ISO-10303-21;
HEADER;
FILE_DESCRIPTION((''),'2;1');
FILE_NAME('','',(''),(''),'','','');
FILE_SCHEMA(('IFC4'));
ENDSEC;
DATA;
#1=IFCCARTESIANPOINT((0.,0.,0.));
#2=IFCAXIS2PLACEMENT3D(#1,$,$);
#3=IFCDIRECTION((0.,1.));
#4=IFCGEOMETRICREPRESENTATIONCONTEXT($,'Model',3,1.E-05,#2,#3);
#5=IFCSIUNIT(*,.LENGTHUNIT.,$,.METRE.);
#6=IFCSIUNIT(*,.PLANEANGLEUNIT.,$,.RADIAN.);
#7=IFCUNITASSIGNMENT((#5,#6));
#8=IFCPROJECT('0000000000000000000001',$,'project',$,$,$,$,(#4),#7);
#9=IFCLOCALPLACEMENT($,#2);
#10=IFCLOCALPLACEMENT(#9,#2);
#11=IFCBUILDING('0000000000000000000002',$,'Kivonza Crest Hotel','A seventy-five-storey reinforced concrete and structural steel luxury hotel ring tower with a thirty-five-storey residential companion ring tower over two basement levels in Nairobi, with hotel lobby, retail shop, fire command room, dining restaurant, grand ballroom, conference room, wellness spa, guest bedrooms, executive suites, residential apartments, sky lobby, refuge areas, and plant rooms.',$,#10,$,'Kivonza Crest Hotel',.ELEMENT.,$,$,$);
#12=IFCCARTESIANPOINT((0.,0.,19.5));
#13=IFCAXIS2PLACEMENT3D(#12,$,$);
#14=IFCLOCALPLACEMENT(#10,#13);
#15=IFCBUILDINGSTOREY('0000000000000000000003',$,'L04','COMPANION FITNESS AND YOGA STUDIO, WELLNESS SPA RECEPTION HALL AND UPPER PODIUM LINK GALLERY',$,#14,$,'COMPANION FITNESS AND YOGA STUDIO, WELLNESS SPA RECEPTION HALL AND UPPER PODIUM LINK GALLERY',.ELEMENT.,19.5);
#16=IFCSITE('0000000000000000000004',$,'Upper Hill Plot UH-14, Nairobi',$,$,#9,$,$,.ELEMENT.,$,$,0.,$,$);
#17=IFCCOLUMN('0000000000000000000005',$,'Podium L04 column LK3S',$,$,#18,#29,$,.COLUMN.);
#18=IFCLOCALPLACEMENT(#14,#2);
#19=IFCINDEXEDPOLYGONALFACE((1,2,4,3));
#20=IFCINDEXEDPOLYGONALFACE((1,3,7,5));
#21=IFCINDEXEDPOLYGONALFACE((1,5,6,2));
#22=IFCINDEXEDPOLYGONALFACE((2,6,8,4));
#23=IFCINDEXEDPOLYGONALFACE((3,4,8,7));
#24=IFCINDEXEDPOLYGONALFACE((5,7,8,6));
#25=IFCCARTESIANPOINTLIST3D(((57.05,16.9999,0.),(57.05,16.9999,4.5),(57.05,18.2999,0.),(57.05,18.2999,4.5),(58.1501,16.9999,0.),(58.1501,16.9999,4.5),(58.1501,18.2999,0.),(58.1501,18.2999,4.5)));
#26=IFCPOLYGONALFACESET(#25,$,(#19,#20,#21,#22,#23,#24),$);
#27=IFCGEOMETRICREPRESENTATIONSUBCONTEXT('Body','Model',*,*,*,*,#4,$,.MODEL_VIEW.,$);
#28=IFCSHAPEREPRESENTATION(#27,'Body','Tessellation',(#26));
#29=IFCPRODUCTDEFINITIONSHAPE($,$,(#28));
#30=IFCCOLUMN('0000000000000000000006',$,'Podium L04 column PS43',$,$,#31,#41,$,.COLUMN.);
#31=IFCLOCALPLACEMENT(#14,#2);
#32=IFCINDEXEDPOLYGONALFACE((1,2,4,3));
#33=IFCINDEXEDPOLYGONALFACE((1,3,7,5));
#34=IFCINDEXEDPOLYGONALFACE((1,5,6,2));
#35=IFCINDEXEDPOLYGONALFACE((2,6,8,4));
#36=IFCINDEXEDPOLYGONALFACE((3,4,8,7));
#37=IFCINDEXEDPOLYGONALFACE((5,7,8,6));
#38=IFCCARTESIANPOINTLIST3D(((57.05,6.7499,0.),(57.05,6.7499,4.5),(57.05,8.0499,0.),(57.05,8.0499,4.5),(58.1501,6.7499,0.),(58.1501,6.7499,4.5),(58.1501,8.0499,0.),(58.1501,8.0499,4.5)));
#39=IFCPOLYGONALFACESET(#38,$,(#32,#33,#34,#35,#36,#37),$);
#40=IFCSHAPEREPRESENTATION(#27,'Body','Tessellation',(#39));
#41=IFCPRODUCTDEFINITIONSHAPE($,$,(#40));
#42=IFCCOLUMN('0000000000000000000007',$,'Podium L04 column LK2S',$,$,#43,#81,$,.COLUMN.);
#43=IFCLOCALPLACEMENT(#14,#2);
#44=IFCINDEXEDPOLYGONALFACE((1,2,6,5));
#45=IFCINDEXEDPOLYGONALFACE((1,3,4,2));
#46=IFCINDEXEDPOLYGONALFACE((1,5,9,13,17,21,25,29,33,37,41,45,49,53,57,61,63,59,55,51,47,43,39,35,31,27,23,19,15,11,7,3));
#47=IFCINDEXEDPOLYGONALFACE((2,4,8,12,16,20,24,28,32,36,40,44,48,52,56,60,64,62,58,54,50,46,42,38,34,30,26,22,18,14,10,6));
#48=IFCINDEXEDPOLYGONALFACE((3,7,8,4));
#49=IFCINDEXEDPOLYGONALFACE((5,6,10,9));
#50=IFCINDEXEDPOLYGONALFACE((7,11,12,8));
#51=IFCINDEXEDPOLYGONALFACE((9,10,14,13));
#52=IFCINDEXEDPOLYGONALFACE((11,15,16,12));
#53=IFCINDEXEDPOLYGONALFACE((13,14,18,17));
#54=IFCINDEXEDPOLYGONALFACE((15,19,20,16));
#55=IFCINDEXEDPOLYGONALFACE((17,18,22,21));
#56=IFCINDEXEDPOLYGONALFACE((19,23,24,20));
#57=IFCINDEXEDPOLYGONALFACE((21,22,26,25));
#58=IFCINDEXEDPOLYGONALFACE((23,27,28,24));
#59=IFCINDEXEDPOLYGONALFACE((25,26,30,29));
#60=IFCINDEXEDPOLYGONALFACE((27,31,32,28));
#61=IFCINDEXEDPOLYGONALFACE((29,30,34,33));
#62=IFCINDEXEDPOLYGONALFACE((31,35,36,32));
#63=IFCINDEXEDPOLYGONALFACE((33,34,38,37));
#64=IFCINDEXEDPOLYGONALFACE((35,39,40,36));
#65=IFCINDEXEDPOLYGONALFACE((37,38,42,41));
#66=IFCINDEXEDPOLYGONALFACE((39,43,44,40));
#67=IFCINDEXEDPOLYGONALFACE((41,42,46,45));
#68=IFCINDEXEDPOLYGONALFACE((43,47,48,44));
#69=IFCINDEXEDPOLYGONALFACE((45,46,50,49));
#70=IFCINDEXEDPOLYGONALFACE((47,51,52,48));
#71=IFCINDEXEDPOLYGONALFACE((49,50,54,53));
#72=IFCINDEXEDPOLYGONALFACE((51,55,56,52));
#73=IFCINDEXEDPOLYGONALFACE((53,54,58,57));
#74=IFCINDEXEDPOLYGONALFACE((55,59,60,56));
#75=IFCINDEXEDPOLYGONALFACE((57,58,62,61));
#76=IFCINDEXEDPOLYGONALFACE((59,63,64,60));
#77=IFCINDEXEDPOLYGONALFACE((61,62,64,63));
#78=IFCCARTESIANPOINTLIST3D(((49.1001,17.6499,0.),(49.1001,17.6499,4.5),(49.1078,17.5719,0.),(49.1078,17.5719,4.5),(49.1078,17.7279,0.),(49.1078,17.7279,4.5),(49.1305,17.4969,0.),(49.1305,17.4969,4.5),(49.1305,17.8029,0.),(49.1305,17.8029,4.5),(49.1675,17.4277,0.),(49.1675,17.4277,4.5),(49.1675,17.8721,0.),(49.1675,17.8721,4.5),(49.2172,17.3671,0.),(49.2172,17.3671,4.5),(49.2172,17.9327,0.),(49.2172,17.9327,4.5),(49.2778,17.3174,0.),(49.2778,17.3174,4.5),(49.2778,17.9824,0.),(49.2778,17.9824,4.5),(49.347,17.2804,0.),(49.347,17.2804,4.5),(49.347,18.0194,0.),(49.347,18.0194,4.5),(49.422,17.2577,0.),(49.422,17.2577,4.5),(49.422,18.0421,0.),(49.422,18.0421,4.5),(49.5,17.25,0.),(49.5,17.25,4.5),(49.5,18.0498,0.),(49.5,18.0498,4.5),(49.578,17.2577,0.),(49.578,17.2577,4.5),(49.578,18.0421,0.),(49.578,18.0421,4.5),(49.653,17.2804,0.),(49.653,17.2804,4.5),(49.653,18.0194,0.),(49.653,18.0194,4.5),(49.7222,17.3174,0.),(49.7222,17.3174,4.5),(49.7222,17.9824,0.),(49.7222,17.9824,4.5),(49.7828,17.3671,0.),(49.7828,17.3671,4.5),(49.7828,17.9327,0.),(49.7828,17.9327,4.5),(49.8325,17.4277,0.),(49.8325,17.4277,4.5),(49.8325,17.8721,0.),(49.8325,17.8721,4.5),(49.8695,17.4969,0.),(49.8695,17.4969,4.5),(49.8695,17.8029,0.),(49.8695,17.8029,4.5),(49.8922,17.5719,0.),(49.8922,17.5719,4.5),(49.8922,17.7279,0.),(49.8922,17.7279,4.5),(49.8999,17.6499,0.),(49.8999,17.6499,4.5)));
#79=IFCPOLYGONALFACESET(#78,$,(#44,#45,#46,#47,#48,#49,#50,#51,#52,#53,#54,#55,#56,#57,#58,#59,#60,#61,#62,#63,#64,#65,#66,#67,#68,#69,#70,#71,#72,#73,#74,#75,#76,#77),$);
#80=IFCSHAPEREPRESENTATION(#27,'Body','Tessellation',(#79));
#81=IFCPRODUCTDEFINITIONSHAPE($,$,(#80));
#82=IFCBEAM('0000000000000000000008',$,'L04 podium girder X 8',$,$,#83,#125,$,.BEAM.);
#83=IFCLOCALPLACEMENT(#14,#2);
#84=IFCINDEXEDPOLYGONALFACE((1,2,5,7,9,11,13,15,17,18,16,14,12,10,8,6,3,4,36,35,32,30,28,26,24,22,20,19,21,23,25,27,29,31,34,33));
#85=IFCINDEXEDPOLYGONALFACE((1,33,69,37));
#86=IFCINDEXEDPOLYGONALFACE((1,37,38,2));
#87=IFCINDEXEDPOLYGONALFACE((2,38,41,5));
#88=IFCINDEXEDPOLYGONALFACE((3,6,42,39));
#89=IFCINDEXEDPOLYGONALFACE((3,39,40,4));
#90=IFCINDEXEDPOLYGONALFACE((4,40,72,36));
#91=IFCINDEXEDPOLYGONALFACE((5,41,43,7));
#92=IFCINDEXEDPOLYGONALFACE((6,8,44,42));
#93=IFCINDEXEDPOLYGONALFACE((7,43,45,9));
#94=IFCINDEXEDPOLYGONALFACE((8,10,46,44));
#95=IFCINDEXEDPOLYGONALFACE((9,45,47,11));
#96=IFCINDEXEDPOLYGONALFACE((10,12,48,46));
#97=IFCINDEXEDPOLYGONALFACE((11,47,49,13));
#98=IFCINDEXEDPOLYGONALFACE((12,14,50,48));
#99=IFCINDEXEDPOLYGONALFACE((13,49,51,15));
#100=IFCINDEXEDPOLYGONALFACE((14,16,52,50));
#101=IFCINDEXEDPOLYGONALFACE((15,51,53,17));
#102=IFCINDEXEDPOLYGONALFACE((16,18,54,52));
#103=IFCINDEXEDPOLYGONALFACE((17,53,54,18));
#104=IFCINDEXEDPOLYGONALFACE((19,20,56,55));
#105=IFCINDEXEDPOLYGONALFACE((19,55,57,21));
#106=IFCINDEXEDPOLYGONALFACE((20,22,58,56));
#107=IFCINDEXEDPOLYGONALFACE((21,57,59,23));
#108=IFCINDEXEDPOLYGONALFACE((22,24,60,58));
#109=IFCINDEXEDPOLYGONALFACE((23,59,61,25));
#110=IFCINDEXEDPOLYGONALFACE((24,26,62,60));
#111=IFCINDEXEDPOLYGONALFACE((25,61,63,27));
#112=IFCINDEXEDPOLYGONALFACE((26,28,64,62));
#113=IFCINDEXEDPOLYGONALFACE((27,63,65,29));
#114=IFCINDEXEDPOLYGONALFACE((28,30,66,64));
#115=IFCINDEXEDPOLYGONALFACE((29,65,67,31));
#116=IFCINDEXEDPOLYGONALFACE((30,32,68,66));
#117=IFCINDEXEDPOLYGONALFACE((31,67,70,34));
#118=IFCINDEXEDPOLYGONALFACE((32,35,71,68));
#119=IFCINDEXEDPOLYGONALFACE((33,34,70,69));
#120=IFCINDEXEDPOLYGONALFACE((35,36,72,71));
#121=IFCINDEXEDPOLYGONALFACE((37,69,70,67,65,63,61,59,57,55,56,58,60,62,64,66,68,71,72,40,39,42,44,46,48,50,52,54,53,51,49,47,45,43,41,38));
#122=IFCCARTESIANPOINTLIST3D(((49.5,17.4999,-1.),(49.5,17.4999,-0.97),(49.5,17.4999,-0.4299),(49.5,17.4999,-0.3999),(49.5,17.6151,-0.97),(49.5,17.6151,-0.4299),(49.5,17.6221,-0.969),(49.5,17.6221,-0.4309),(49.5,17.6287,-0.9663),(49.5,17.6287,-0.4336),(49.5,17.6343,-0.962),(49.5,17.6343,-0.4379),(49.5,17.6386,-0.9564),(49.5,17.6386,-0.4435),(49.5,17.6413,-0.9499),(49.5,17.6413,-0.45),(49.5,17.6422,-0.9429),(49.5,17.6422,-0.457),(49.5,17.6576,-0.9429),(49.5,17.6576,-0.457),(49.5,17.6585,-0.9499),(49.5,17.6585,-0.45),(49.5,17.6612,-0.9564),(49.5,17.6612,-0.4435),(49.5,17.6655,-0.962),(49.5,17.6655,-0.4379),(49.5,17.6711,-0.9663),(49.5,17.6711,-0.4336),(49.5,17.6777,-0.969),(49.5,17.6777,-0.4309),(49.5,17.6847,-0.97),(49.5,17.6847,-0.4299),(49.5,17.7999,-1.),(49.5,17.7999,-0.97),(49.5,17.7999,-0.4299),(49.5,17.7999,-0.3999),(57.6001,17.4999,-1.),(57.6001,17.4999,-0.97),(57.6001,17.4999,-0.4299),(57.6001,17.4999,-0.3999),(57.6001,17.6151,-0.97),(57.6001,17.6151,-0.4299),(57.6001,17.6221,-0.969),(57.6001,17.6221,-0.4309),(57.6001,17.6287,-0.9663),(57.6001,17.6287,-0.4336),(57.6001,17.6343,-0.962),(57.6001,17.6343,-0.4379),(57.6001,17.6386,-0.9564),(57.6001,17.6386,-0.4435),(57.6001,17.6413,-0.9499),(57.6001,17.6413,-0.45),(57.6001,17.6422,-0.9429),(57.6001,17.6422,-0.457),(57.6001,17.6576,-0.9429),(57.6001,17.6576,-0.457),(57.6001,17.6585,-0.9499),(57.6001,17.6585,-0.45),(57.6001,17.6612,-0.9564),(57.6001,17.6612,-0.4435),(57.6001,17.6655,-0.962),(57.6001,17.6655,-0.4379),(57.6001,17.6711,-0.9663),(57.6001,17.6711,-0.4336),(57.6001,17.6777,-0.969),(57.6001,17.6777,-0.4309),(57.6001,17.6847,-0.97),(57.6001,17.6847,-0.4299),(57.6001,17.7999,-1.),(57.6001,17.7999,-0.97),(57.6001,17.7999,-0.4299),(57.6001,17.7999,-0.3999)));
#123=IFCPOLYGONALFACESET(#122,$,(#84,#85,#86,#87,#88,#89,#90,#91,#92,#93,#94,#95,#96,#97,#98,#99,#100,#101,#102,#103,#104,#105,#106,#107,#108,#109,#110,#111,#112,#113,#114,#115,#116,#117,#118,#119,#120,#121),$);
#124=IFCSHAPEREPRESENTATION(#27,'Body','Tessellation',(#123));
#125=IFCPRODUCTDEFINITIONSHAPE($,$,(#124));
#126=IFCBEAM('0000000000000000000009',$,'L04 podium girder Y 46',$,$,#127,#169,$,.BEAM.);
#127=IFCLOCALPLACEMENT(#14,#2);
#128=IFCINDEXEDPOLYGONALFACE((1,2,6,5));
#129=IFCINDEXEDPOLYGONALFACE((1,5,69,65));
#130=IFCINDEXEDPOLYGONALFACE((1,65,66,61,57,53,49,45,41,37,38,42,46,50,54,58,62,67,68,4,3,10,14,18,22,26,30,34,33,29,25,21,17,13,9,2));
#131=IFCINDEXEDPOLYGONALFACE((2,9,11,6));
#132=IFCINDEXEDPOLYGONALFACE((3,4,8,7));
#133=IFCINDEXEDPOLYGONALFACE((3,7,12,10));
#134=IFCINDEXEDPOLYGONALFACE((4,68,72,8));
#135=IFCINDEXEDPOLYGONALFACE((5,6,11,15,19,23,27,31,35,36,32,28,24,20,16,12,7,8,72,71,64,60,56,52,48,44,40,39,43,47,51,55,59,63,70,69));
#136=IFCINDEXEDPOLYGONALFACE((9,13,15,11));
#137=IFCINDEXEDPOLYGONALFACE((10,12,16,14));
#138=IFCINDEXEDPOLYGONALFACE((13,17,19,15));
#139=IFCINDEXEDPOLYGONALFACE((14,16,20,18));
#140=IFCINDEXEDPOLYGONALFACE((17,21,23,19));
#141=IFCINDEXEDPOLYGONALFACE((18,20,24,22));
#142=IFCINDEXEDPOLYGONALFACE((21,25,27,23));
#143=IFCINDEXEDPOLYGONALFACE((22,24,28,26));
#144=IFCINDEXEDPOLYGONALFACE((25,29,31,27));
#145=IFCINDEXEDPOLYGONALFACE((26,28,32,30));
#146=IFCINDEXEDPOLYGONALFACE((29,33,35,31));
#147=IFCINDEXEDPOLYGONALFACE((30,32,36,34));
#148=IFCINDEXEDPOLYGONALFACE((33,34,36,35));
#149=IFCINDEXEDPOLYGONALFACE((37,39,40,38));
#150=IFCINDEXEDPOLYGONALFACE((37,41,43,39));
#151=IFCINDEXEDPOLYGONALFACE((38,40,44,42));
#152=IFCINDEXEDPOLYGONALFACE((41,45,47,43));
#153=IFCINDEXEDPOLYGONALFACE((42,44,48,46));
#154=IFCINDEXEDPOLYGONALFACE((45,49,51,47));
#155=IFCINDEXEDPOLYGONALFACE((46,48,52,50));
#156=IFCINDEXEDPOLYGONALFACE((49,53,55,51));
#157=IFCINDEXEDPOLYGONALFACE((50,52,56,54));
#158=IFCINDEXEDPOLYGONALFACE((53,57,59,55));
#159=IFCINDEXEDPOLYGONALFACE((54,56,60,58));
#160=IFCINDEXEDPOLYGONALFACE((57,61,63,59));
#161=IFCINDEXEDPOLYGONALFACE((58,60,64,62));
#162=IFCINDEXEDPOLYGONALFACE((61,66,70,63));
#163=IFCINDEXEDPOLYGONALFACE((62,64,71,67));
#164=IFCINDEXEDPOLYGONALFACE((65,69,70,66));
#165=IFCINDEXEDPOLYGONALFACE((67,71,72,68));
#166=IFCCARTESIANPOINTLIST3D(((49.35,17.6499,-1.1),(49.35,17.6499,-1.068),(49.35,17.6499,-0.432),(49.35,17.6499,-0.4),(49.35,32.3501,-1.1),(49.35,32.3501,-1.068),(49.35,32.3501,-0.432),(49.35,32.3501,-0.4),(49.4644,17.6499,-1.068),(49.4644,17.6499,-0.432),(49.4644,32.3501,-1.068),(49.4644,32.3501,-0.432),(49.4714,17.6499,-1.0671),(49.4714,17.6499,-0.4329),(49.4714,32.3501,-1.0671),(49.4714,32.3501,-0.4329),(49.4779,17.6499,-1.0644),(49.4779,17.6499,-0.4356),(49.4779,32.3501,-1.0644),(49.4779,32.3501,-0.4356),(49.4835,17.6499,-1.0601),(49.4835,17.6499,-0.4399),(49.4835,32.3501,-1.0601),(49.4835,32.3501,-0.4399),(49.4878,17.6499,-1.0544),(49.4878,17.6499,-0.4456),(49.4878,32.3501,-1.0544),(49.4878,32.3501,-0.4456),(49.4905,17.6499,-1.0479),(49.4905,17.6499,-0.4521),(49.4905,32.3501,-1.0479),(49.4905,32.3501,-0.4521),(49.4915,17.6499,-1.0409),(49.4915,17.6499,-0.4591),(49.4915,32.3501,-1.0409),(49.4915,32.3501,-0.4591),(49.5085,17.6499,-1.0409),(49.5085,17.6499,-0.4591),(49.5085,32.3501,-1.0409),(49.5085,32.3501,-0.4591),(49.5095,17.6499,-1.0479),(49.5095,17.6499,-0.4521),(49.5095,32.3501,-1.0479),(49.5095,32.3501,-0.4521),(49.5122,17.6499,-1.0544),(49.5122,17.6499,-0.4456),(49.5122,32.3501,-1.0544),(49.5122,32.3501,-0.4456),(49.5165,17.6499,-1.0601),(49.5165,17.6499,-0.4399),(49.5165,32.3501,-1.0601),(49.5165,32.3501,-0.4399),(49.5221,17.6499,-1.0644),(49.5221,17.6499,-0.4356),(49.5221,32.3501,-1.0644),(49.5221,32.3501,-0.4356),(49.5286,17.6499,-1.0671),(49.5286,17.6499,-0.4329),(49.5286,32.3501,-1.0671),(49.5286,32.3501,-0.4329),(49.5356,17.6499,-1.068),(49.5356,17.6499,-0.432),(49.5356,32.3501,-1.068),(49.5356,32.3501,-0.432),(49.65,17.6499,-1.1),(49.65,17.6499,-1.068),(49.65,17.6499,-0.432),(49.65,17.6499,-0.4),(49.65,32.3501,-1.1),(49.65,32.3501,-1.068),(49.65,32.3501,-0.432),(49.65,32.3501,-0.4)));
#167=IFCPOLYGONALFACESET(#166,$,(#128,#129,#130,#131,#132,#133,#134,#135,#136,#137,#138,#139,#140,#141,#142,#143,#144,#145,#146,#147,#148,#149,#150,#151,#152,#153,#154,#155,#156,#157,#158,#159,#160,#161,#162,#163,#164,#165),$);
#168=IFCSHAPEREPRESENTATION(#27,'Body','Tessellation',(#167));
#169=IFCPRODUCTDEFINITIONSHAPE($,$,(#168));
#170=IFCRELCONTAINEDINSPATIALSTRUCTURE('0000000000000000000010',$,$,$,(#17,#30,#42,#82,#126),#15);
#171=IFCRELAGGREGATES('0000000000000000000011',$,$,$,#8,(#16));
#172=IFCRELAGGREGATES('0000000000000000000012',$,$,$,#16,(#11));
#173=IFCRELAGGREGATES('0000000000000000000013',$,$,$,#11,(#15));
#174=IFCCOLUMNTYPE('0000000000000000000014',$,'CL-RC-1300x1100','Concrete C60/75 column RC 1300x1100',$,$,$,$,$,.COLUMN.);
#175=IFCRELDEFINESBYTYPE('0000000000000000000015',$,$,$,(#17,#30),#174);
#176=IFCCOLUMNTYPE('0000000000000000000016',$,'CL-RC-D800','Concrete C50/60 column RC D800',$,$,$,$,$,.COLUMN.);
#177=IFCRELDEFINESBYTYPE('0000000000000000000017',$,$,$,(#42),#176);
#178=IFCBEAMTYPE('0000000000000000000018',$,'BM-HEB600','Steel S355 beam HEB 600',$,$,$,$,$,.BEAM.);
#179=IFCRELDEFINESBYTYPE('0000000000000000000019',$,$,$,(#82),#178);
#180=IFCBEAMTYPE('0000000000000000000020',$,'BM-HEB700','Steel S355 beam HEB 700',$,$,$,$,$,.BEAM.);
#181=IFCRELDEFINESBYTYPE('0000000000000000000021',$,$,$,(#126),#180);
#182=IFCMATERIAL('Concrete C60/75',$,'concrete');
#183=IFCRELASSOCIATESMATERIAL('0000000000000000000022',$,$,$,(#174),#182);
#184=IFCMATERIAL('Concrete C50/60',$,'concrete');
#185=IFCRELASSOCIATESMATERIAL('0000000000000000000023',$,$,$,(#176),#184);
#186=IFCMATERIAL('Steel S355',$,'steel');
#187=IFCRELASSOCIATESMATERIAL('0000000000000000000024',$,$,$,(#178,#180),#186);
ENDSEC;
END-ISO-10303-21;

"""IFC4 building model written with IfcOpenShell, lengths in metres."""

from ifc_helpers import new_model, si_unit, direction, frame, origin, origin_2d, place, context, subcontext, project, spatial, rectangle, circle, i_section, extrude, material, material_profile, profile_set, type_object, element, save


model = new_model("IFC4")

# Units and contexts
model_context = context("Model", 3, precision=1e-05, world=origin(), true_north=direction((0.0, 1.0)))
body_context = subcontext(model_context, "Body", "Model", "MODEL_VIEW")
ifc_project = project(units=[si_unit("LENGTHUNIT", "METRE"), si_unit("PLANEANGLEUNIT", "RADIAN")], contexts=[model_context])

# Site, building, storey
site_placement = place(None, origin())
site = spatial("IfcSite", under=ifc_project, at=site_placement, Name="Upper Hill Plot UH-14, Nairobi", CompositionType="ELEMENT", RefElevation=0.0)
building_placement = place(site_placement, origin())
building = spatial("IfcBuilding", under=site, at=building_placement, Name="Kivonza Crest Hotel", Description="A seventy-five-storey reinforced concrete and structural steel luxury hotel ring tower with a thirty-five-storey residential companion ring tower over two basement levels in Nairobi, with hotel lobby, retail shop, fire command room, dining restaurant, grand ballroom, conference room, wellness spa, guest bedrooms, executive suites, residential apartments, sky lobby, refuge areas, and plant rooms.", LongName="Kivonza Crest Hotel", CompositionType="ELEMENT")
storey_placement = place(building_placement, frame((0.0, 0.0, 19.5)))
storey = spatial("IfcBuildingStorey", under=building, at=storey_placement, Name="L04", Description="COMPANION FITNESS AND YOGA STUDIO, WELLNESS SPA RECEPTION HALL AND UPPER PODIUM LINK GALLERY", LongName="COMPANION FITNESS AND YOGA STUDIO, WELLNESS SPA RECEPTION HALL AND UPPER PODIUM LINK GALLERY", CompositionType="ELEMENT", Elevation=19.5)

# Columns
ifc_material_1 = material(Name="Concrete C60/75", Category="concrete")
ifc_material_profile_1 = material_profile(ifc_material_1, rectangle(XDim=1.1001, YDim=1.3, at=origin_2d()), Name="RC 1300x1100")
ifc_profile_set_1 = profile_set([ifc_material_profile_1], Name="Concrete C60/75")
column_type_1 = type_object("IfcColumnType", Name="CL-RC-1300x1100", Description="Concrete C60/75 column RC 1300x1100", PredefinedType="COLUMN", material=ifc_profile_set_1)
for number, where, z_axis, x_axis, name in (
    (1, (57.6001, 17.6499, 0.0), (0.0, 0.0, 1.0), (1.0, 0.0, 0.0), "Podium L04 column LK3S"),
    (2, (57.6001, 7.3999, 0.0), (0.0, 0.0, 1.0), (1.0, 0.0, 0.0), "Podium L04 column PS43"),
):
    element("IfcColumn", number, at=place(storey_placement, frame(where, z_axis=z_axis, x_axis=x_axis)), inside=storey, type_object=column_type_1, Name=name, PredefinedType="COLUMN", context=body_context, shape_type="SweptSolid", body=[
        extrude(rectangle(XDim=1.1001, YDim=1.3, at=origin_2d()), origin(), (0.0, 0.0, 1.0), 4.5),
    ])
ifc_material_2 = material(Name="Concrete C50/60", Category="concrete")
ifc_material_profile_2 = material_profile(ifc_material_2, circle(Radius=0.3999, at=origin_2d()), Name="RC D800")
ifc_profile_set_2 = profile_set([ifc_material_profile_2], Name="Concrete C50/60")
column_type_2 = type_object("IfcColumnType", Name="CL-RC-D800", Description="Concrete C50/60 column RC D800", PredefinedType="COLUMN", material=ifc_profile_set_2)
column_placement = place(storey_placement, frame((49.5, 17.6499, 0.0), z_axis=(0.0, 0.0, 1.0), x_axis=(1.0, 0.0, 0.0)))
element("IfcColumn", 3, at=column_placement, inside=storey, type_object=column_type_2, Name="Podium L04 column LK2S", PredefinedType="COLUMN", context=body_context, shape_type="SweptSolid", body=[
    extrude(circle(Radius=0.3999, at=origin_2d()), origin(), (0.0, 0.0, 1.0), 4.5),
])

# Beams
ifc_material_3 = material(Name="Steel S355", Category="steel")
ifc_material_profile_3 = material_profile(ifc_material_3, i_section(OverallWidth=0.3, OverallDepth=0.6001, WebThickness=0.0154, FlangeThickness=0.03, FilletRadius=0.0271, at=origin_2d()), Name="HEB 600")
ifc_profile_set_3 = profile_set([ifc_material_profile_3], Name="Steel S355")
beam_type_1 = type_object("IfcBeamType", Name="BM-HEB600", Description="Steel S355 beam HEB 600", PredefinedType="BEAM", material=ifc_profile_set_3)
beam_1_placement = place(storey_placement, frame((49.5, 17.6499, -0.7), z_axis=(1.0, 0.0, 0.0), x_axis=(0.0, 1.0, 0.0)))
element("IfcBeam", 4, at=beam_1_placement, inside=storey, type_object=beam_type_1, Name="L04 podium girder X 8", PredefinedType="BEAM", context=body_context, shape_type="SweptSolid", body=[
    extrude(i_section(OverallWidth=0.3, OverallDepth=0.6001, WebThickness=0.0154, FlangeThickness=0.03, FilletRadius=0.0271, at=origin_2d()), origin(), (0.0, 0.0, 1.0), 8.1001),
])
ifc_material_profile_4 = material_profile(ifc_material_3, i_section(OverallWidth=0.3, OverallDepth=0.7, WebThickness=0.0171, FlangeThickness=0.032, FilletRadius=0.0271, at=origin_2d()), Name="HEB 700")
ifc_profile_set_4 = profile_set([ifc_material_profile_4], Name="Steel S355")
beam_type_2 = type_object("IfcBeamType", Name="BM-HEB700", Description="Steel S355 beam HEB 700", PredefinedType="BEAM", material=ifc_profile_set_4)
beam_2_placement = place(storey_placement, frame((49.5, 17.6499, -0.75), z_axis=(0.0, 1.0, 0.0), x_axis=(-1.0, 0.0, 0.0)))
element("IfcBeam", 5, at=beam_2_placement, inside=storey, type_object=beam_type_2, Name="L04 podium girder Y 46", PredefinedType="BEAM", context=body_context, shape_type="SweptSolid", body=[
    extrude(i_section(OverallWidth=0.3, OverallDepth=0.7, WebThickness=0.0171, FlangeThickness=0.032, FilletRadius=0.0271, at=origin_2d()), origin(), (0.0, 0.0, 1.0), 14.7002),
])

save(model, "model.ifc")
